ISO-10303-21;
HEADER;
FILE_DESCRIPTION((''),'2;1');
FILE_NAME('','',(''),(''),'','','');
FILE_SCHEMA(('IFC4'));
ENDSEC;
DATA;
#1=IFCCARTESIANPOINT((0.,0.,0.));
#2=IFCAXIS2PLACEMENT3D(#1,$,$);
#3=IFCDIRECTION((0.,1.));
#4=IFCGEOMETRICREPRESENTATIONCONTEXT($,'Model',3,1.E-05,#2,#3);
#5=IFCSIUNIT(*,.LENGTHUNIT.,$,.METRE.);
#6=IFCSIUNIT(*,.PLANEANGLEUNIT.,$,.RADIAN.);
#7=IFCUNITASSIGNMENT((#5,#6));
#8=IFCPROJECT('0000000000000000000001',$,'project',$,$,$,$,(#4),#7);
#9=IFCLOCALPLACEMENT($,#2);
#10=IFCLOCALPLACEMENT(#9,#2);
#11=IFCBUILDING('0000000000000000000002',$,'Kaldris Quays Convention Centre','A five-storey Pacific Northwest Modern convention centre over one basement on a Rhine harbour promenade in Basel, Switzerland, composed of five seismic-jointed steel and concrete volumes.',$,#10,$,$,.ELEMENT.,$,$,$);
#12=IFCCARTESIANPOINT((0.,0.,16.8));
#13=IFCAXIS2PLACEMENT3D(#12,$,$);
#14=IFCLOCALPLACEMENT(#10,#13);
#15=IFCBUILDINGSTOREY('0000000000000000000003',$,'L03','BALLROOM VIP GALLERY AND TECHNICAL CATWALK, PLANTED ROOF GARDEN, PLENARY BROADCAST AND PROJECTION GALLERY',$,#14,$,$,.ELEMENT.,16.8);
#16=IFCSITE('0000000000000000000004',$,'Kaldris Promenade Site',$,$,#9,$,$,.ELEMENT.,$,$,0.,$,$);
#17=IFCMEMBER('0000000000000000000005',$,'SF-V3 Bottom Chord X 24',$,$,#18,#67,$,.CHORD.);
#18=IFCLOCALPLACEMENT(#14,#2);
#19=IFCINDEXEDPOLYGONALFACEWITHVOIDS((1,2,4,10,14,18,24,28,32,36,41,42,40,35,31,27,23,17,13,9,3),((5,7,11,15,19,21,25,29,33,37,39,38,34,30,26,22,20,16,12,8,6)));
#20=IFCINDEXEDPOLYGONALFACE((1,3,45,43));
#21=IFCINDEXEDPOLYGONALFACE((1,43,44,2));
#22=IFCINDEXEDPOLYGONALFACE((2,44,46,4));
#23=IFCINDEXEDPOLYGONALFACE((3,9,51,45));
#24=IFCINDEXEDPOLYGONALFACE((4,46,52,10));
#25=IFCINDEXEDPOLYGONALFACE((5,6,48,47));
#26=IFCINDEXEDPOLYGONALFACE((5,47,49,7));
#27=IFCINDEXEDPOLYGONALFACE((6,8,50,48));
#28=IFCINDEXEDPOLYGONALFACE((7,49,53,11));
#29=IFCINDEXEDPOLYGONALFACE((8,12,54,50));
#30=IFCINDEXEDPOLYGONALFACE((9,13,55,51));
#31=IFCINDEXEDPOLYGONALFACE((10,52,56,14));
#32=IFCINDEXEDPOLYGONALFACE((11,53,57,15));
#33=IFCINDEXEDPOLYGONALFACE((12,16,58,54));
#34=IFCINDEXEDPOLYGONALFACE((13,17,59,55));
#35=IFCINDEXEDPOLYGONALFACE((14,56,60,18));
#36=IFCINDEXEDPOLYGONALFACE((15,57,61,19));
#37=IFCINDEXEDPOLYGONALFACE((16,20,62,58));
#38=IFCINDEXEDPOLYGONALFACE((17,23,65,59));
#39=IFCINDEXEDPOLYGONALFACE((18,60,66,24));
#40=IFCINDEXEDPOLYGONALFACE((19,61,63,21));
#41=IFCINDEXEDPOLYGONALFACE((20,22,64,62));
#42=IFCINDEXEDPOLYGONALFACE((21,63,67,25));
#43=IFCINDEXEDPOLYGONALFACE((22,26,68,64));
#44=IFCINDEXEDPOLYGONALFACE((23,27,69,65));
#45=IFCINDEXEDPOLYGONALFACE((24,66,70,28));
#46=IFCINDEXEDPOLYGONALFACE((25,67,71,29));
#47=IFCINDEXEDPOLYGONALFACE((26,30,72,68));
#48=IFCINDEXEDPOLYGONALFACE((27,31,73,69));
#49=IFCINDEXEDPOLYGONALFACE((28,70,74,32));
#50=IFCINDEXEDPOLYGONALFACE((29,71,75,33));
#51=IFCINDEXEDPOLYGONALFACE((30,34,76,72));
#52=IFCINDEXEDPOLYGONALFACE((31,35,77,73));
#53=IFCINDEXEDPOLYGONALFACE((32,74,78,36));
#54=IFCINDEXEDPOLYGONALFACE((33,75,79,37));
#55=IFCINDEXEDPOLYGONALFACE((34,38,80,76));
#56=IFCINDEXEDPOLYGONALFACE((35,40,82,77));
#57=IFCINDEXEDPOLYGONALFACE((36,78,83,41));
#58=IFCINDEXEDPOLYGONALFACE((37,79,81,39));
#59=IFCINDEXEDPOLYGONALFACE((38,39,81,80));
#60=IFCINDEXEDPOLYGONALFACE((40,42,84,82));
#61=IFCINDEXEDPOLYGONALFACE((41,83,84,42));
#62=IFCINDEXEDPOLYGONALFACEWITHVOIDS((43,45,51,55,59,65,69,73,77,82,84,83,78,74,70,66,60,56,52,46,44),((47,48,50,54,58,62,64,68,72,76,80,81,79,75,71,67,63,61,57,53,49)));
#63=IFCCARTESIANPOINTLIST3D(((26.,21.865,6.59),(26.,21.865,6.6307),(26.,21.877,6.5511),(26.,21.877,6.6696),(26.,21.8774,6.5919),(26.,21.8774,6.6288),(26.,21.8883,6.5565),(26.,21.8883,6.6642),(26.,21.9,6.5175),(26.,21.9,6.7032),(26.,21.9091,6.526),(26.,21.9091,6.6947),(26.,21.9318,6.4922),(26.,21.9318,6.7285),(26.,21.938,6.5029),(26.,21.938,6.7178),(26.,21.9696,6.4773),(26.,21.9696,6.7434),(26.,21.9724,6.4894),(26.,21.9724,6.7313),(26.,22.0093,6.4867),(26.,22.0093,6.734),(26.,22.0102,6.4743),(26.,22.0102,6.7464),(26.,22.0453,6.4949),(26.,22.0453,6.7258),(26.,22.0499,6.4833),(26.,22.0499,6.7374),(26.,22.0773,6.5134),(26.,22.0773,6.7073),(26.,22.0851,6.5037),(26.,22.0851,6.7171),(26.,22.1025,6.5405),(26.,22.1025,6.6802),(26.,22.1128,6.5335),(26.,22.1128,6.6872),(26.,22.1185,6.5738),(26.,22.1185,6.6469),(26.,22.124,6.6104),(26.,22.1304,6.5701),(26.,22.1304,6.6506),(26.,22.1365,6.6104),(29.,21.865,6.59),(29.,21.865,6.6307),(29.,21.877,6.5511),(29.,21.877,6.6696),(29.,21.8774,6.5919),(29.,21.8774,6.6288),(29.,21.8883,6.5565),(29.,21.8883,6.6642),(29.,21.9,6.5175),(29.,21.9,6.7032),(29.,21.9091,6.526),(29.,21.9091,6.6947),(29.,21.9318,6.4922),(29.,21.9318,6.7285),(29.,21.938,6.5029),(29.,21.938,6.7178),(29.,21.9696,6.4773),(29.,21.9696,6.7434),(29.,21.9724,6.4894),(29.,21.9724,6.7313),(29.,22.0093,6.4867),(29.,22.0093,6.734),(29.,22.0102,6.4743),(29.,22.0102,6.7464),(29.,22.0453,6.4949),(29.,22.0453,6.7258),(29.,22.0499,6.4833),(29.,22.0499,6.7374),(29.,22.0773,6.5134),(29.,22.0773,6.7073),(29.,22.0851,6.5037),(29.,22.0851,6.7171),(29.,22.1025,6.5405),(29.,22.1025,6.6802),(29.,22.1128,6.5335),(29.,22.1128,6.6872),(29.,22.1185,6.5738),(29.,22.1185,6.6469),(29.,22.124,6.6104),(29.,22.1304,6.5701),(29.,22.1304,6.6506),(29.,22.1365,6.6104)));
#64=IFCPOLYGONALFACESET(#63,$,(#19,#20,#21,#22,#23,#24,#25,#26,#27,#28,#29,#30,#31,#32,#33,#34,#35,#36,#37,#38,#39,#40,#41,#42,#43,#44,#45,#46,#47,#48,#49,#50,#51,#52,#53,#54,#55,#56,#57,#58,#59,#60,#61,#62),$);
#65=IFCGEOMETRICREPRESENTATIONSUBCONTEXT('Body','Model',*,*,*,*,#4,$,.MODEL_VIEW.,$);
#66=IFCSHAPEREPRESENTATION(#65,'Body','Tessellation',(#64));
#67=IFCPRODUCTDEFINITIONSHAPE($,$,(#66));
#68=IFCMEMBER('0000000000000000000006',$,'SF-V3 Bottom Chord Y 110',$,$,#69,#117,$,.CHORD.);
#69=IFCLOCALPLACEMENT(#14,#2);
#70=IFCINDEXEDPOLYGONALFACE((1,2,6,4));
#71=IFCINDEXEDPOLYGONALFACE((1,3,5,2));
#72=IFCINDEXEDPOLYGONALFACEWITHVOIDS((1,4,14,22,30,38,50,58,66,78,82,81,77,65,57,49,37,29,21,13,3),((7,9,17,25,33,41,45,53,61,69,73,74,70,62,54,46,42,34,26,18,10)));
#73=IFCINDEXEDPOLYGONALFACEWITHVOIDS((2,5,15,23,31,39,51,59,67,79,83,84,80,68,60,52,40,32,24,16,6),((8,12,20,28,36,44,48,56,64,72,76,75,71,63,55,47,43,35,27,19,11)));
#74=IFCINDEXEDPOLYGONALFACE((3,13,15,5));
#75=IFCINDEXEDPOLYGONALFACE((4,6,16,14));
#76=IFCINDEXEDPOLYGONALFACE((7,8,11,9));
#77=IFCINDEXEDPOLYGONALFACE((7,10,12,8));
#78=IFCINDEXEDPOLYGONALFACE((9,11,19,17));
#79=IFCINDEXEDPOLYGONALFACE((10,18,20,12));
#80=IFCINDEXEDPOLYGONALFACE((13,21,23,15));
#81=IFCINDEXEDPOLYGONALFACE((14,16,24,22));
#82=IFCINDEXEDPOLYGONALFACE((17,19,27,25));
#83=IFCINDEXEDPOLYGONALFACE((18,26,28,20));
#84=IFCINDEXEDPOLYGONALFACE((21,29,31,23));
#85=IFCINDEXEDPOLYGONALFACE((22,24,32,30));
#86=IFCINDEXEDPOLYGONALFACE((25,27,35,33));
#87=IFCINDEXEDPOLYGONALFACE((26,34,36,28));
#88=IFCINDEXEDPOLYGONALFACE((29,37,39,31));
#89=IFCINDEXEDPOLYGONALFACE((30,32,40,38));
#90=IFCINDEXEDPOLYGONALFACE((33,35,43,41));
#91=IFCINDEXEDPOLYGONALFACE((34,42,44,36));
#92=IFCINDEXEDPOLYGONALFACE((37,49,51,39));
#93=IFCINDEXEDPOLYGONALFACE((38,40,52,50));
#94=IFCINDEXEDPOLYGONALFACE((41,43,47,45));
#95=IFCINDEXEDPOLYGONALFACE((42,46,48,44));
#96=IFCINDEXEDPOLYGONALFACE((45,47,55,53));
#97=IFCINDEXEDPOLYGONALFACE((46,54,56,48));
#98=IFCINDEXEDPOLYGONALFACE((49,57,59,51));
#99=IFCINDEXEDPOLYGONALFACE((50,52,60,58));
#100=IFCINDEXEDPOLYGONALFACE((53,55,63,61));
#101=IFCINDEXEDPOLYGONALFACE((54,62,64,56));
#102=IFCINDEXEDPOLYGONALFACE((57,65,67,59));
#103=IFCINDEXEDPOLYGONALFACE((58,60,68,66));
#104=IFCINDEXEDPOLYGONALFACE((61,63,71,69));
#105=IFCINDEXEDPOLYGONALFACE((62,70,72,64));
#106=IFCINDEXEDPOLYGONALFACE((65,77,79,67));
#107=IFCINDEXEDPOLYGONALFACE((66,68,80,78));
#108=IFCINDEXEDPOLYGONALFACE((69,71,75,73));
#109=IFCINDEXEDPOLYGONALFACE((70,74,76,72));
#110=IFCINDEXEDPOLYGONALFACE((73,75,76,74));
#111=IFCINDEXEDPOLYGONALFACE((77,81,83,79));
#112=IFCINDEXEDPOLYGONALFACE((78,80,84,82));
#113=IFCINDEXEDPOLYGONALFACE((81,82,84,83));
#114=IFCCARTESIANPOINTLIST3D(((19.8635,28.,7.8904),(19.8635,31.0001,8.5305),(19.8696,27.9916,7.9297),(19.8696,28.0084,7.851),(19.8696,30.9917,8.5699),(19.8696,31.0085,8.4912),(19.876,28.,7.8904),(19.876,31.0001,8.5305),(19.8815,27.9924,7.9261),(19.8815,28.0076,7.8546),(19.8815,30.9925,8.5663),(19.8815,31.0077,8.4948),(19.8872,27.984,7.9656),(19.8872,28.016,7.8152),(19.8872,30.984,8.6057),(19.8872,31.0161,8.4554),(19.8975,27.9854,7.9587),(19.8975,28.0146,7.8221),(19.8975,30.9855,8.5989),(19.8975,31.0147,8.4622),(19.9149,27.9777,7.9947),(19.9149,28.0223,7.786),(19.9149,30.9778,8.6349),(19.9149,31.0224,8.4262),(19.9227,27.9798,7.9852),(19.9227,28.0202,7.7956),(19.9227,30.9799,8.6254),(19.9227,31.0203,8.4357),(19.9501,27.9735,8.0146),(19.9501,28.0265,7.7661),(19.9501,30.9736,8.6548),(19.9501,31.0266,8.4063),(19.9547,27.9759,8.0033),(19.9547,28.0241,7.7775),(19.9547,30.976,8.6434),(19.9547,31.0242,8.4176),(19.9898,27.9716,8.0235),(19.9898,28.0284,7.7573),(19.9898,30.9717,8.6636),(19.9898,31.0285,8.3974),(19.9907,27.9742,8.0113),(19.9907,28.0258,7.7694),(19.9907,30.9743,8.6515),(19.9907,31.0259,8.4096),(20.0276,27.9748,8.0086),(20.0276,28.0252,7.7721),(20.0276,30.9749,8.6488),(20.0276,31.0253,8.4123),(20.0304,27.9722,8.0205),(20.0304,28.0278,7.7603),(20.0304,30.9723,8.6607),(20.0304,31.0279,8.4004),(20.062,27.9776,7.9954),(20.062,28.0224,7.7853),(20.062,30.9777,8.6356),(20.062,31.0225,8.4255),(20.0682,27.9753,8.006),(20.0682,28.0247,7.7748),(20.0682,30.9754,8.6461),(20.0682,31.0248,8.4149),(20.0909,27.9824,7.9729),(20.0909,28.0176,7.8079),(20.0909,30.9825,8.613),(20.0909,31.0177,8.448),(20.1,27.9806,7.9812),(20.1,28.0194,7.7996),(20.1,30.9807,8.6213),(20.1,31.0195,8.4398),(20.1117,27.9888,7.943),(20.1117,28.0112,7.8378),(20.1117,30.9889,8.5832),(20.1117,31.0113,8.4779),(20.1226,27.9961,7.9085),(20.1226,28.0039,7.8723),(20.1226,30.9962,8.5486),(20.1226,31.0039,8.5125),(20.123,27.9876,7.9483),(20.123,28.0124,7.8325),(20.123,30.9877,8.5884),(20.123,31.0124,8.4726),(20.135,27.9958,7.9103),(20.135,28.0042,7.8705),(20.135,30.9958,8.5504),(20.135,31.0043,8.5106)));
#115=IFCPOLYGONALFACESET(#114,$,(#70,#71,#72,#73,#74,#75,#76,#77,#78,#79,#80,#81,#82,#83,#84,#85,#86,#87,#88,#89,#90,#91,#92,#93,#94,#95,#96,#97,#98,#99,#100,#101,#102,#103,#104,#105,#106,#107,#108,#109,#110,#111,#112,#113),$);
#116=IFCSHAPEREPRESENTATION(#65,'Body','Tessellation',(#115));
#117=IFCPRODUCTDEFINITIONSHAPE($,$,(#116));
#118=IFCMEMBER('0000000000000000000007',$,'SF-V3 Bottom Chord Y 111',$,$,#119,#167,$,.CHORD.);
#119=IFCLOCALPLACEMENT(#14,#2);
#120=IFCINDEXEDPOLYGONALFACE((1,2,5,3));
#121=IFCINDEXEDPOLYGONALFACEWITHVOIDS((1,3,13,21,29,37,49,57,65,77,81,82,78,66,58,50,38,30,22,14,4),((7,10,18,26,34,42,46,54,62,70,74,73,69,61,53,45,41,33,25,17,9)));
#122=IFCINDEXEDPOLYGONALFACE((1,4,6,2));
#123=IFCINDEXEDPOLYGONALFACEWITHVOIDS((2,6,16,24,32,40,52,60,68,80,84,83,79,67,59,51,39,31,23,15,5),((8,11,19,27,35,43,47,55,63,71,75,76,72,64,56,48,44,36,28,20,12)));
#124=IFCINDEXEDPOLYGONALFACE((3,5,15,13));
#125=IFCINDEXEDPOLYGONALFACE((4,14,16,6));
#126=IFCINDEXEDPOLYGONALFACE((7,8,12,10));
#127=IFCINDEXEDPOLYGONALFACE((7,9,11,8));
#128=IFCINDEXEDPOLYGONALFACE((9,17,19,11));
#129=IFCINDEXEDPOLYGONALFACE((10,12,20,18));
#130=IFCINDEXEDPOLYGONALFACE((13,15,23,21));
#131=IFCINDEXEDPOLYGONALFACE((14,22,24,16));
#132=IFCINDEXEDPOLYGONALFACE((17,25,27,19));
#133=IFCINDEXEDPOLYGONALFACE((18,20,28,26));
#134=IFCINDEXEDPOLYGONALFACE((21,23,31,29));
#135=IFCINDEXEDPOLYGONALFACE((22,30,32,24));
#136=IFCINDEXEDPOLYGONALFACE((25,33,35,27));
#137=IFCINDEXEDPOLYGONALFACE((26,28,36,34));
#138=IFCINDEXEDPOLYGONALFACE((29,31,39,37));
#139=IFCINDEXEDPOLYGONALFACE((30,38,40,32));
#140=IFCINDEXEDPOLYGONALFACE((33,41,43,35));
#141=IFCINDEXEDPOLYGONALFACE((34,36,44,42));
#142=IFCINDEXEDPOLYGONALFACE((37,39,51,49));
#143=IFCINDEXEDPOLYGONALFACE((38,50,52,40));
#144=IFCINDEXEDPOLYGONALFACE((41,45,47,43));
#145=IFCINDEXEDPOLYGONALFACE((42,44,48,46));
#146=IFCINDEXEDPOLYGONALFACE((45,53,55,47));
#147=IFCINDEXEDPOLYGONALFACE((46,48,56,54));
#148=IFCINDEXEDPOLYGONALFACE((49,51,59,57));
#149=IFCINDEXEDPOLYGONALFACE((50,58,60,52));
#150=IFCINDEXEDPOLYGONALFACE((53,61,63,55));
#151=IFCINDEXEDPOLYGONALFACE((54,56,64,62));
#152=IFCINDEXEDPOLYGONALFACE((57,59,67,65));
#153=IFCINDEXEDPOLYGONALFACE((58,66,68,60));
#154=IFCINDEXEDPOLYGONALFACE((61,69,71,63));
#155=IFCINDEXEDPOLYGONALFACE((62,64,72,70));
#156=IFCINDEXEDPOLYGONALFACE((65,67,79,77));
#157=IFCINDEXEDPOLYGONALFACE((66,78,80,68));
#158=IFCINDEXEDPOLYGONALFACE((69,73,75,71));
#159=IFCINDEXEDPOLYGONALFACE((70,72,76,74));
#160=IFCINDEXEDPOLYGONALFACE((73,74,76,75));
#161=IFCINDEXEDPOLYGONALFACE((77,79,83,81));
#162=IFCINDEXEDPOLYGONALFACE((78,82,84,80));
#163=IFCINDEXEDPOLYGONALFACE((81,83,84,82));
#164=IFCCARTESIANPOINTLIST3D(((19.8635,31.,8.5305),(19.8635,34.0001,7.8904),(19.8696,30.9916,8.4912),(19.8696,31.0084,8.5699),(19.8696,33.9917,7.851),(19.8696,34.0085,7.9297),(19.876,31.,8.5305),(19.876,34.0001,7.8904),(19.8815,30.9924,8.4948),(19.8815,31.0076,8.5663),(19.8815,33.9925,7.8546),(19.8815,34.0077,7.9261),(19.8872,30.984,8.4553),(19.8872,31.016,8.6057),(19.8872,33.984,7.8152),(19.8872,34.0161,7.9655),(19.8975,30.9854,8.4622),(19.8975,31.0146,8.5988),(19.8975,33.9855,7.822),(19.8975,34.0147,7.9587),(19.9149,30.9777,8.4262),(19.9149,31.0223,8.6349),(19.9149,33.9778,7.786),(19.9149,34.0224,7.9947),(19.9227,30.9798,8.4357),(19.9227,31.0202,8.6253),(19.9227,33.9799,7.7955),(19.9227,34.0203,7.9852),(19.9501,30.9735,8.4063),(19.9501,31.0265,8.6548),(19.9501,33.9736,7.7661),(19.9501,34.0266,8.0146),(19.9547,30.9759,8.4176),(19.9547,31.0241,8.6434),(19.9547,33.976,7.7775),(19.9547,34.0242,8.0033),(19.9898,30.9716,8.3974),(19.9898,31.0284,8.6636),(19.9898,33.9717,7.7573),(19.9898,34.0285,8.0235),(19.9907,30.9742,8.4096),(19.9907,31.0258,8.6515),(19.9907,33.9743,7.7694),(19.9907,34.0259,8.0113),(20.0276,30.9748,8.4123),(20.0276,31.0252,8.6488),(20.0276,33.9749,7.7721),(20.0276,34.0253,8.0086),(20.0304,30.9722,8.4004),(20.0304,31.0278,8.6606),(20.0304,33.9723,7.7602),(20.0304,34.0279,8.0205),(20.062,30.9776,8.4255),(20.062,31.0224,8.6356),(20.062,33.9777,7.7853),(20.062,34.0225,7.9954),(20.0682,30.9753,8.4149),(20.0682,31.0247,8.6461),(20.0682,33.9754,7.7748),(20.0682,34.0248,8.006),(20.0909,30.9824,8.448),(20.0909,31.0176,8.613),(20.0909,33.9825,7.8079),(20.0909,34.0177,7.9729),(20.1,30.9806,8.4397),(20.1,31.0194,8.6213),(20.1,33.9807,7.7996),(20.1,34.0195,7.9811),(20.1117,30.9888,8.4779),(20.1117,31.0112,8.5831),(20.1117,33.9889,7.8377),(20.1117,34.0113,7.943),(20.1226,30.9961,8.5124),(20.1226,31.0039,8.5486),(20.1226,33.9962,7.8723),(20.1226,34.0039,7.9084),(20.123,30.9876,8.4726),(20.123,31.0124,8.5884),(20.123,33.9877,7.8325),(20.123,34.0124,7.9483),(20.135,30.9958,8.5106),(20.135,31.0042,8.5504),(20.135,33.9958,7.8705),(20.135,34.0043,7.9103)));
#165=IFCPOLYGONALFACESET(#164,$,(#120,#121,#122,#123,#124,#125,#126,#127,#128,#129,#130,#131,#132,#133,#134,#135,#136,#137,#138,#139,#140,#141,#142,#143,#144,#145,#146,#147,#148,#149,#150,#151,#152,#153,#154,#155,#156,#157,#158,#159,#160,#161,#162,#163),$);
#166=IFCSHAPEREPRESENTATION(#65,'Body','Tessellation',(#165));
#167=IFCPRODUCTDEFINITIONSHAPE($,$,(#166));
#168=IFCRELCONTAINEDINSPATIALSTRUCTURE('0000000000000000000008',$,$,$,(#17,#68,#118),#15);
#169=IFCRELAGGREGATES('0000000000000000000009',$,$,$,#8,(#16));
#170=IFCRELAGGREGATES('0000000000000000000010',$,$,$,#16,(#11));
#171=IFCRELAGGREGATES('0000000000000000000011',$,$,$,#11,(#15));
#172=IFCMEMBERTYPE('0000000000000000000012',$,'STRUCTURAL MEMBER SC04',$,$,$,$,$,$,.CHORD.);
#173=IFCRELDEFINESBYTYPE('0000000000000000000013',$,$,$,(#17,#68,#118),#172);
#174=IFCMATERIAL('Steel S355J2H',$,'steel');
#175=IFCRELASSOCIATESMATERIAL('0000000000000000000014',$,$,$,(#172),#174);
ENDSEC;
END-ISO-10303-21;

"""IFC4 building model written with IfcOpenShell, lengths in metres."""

from ifc_helpers import new_model, si_unit, direction, frame, origin, origin_2d, place, context, subcontext, project, spatial, hollow_circle, extrude, material, material_profile, profile_set, type_object, element, save


model = new_model("IFC4")

# Units and contexts
model_context = context("Model", 3, precision=1e-05, world=origin(), true_north=direction((0.0, 1.0)))
body_context = subcontext(model_context, "Body", "Model", "MODEL_VIEW")
ifc_project = project(units=[si_unit("LENGTHUNIT", "METRE"), si_unit("PLANEANGLEUNIT", "RADIAN")], contexts=[model_context])

# Site, building, storey
site_placement = place(None, origin())
site = spatial("IfcSite", under=ifc_project, at=site_placement, Name="Kaldris Promenade Site", CompositionType="ELEMENT", RefElevation=0.0)
building_placement = place(site_placement, origin())
building = spatial("IfcBuilding", under=site, at=building_placement, Name="Kaldris Quays Convention Centre", Description="A five-storey Pacific Northwest Modern convention centre over one basement on a Rhine harbour promenade in Basel, Switzerland, composed of five seismic-jointed steel and concrete volumes.", CompositionType="ELEMENT")
storey_placement = place(building_placement, frame((0.0, 0.0, 16.8)))
storey = spatial("IfcBuildingStorey", under=building, at=storey_placement, Name="L03", Description="BALLROOM VIP GALLERY AND TECHNICAL CATWALK, PLANTED ROOF GARDEN, PLENARY BROADCAST AND PROJECTION GALLERY", CompositionType="ELEMENT", Elevation=16.8)

# Members
ifc_material_1 = material(Name="Steel S355J2H", Category="steel")
ifc_material_profile_1 = material_profile(ifc_material_1, hollow_circle(Radius=0.1365, WallThickness=0.0125, at=origin_2d()), Name="CHS 273x12.5")
ifc_profile_set_1 = profile_set([ifc_material_profile_1], Name="Steel S355J2H")
member_type_1 = type_object("IfcMemberType", Name="STRUCTURAL MEMBER SC04", PredefinedType="CHORD", material=ifc_profile_set_1)
member_1_placement = place(storey_placement, frame((26.0, 22.0, 6.6104), z_axis=(1.0, 0.0, 0.0), x_axis=(0.0, 1.0, 0.0)))
element("IfcMember", 1, at=member_1_placement, inside=storey, type_object=member_type_1, Name="SF-V3 Bottom Chord X 24", PredefinedType="CHORD", context=body_context, shape_type="SweptSolid", body=[
    extrude(hollow_circle(Radius=0.1365, WallThickness=0.0125, at=origin_2d()), origin(), (0.0, 0.0, 1.0), 3.0),
])
for number, where, z_axis, x_axis, name in (
    (2, (20.0, 28.0, 7.8904), (0.0, 0.977984, 0.208681), (-1.0, 0.0, 0.0), "SF-V3 Bottom Chord Y 110"),
    (3, (20.0, 31.0, 8.5305), (0.0, 0.977984, -0.208681), (-1.0, 0.0, 0.0), "SF-V3 Bottom Chord Y 111"),
):
    element("IfcMember", number, at=place(storey_placement, frame(where, z_axis=z_axis, x_axis=x_axis)), inside=storey, type_object=member_type_1, Name=name, PredefinedType="CHORD", context=body_context, shape_type="SweptSolid", body=[
        extrude(hollow_circle(Radius=0.1365, WallThickness=0.0125, at=origin_2d()), origin(), (0.0, 0.0, 1.0), 3.0676),
    ])

save(model, "model.ifc")
